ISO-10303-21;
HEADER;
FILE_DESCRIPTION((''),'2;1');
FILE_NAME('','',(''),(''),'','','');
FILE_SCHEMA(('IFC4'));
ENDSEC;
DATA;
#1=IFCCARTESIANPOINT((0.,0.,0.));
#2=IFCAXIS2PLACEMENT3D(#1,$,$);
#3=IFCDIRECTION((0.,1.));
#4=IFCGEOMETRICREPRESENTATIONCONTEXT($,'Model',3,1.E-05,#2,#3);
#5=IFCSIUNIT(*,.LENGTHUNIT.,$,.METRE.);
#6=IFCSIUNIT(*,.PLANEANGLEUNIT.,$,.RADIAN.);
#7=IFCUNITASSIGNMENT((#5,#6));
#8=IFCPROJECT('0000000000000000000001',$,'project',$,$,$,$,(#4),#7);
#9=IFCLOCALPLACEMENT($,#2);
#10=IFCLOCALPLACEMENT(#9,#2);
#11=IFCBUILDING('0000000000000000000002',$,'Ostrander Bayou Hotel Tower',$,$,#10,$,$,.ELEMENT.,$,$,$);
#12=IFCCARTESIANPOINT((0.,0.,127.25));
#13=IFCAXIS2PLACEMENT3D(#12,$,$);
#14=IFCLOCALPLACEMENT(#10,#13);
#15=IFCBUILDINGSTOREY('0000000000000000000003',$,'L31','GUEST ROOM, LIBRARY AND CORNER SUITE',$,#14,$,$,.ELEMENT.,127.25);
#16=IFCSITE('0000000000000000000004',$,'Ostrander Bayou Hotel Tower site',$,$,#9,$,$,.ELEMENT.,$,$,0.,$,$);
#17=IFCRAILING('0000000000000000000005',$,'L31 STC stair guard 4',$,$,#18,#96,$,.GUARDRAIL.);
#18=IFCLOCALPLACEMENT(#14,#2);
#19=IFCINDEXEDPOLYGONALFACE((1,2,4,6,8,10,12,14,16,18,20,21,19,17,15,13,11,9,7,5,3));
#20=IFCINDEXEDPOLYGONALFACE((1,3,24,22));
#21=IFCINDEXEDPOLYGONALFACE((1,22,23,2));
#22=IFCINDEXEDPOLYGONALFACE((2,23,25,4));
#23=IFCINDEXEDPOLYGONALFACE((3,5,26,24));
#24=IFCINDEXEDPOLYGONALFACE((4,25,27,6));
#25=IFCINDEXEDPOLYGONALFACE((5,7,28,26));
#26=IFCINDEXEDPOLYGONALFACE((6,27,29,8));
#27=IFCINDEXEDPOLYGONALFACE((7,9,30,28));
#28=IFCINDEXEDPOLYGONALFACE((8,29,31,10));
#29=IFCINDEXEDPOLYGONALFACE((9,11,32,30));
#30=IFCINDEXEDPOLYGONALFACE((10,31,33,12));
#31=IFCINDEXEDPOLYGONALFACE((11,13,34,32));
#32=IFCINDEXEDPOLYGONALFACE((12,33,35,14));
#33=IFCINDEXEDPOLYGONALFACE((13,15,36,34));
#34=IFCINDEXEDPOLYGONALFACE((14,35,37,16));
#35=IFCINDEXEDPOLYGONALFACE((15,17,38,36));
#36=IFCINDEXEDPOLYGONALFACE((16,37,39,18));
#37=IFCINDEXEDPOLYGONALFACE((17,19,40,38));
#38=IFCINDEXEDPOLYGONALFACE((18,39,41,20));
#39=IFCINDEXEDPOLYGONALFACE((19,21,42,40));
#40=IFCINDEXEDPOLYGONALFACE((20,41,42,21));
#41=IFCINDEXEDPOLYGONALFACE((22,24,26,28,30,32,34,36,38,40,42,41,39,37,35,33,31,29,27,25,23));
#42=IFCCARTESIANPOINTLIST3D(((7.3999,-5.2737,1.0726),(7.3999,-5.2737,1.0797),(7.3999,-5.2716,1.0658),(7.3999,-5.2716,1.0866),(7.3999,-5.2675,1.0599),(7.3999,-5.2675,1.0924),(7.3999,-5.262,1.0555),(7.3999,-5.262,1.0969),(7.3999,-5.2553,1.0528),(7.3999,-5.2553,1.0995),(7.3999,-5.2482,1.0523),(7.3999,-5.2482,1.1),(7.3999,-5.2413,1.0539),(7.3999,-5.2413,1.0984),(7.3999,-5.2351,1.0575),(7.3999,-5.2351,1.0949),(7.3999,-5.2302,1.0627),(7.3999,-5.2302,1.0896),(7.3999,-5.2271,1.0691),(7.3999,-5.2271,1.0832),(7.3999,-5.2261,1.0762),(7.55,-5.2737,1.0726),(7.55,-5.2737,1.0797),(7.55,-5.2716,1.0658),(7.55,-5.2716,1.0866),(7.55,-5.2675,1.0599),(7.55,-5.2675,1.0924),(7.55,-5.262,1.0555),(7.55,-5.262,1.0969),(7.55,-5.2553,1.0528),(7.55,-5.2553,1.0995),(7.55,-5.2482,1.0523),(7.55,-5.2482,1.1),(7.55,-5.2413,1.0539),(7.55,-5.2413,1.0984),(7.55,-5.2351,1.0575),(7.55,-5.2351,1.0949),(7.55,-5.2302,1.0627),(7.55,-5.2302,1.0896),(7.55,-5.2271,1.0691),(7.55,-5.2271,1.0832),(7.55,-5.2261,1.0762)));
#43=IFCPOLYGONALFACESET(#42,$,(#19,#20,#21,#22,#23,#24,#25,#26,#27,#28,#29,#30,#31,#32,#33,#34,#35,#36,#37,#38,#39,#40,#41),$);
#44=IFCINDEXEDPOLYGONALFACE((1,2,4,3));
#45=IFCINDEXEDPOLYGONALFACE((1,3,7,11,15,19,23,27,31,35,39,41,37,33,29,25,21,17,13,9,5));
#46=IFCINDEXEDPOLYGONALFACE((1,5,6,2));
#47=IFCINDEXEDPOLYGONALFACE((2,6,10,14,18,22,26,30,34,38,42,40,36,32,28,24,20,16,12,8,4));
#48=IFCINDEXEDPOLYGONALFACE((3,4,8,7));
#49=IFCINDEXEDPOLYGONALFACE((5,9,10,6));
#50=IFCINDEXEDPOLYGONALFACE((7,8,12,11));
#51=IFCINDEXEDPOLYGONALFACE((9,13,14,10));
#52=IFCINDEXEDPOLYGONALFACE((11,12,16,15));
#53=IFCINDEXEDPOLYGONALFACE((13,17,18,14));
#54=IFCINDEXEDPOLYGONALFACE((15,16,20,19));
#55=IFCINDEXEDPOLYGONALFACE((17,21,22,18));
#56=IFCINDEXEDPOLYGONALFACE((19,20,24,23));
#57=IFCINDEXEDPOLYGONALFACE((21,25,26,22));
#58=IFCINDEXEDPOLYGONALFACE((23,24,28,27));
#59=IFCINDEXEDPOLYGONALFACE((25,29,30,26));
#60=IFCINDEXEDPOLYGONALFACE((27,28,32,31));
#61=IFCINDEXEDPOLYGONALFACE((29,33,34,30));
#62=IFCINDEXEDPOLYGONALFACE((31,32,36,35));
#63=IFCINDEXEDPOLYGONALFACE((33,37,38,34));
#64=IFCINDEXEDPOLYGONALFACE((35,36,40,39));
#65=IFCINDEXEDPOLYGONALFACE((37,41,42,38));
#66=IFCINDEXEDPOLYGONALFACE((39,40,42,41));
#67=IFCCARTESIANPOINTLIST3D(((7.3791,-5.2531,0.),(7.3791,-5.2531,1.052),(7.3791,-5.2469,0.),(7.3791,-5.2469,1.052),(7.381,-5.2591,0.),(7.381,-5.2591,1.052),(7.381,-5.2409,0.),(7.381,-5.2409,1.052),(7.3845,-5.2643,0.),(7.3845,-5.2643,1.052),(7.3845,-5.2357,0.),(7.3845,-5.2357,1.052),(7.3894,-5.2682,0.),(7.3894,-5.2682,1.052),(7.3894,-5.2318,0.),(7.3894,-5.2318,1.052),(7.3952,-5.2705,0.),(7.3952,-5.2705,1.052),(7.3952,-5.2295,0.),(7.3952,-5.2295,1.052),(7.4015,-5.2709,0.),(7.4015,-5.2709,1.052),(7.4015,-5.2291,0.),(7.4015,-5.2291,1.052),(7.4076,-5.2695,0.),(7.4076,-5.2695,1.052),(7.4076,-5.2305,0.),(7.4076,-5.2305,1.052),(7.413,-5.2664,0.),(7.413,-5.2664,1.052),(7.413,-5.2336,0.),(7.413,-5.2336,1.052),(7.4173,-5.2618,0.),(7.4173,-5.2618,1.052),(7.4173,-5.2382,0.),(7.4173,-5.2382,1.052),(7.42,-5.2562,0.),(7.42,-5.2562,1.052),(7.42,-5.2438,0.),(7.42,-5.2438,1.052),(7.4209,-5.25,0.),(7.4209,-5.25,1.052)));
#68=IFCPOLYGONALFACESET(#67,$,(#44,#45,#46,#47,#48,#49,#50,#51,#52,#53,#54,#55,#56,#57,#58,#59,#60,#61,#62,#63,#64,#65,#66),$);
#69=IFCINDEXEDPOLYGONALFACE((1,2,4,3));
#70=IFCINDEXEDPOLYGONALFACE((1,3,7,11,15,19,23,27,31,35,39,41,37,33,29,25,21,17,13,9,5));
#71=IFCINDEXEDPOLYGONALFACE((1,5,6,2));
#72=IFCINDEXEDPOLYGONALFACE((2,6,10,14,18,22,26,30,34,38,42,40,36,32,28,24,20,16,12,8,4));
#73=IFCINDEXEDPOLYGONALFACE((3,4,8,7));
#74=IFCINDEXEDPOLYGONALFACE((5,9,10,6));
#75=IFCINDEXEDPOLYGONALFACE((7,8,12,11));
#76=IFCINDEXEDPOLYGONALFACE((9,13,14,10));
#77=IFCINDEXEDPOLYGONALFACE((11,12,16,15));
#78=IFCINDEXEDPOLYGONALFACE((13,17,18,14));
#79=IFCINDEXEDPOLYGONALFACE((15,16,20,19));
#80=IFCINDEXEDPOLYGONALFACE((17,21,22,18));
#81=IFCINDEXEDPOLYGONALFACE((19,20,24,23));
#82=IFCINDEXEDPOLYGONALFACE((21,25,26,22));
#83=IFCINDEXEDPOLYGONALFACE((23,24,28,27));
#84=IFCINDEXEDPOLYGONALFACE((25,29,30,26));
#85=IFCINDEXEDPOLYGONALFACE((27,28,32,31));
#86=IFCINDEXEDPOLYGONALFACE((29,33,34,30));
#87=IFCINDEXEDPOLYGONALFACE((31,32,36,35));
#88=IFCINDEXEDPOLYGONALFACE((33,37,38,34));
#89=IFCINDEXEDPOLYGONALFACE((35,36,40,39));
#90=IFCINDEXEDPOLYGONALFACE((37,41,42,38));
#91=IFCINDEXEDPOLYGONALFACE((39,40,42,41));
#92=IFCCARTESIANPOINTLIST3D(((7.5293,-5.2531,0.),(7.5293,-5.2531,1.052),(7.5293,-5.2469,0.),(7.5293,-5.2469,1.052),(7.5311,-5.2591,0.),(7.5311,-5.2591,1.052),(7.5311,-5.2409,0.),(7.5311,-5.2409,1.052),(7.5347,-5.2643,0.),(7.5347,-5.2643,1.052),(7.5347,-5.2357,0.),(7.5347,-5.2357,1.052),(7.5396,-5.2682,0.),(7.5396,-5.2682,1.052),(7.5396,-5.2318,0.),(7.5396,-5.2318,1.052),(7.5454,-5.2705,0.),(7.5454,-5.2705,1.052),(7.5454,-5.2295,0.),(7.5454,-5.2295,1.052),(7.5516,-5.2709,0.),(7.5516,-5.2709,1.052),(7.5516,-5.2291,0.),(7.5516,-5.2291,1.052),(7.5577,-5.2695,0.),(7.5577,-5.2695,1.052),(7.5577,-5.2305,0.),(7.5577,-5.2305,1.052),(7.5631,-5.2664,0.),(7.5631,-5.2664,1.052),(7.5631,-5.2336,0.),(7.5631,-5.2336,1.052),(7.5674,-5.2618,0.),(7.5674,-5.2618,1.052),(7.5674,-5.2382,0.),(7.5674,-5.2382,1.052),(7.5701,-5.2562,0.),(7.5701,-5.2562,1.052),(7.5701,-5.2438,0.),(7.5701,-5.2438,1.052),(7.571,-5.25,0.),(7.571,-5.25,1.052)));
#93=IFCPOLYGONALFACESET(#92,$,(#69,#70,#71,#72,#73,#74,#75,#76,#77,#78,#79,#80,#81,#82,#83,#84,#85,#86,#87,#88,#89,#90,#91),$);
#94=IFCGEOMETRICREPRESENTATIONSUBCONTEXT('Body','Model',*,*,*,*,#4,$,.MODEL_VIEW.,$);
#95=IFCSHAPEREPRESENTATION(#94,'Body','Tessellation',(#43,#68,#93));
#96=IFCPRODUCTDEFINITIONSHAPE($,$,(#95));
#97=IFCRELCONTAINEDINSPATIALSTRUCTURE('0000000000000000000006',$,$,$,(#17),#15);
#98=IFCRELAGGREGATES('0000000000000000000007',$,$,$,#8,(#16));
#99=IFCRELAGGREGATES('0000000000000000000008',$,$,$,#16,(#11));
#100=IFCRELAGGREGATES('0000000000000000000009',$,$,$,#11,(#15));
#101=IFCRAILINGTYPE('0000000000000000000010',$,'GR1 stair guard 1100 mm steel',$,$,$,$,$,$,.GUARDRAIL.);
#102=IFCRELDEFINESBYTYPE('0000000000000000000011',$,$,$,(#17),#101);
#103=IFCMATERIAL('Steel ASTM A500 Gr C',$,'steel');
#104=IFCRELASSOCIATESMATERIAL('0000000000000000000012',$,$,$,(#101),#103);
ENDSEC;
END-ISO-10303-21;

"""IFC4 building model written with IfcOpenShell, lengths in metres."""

from ifc_helpers import new_model, si_unit, direction, frame, origin, origin_2d, place, context, subcontext, project, spatial, circle, extrude, material, type_object, element, save


model = new_model("IFC4")

# Units and contexts
model_context = context("Model", 3, precision=1e-05, world=origin(), true_north=direction((0.0, 1.0)))
body_context = subcontext(model_context, "Body", "Model", "MODEL_VIEW")
ifc_project = project(units=[si_unit("LENGTHUNIT", "METRE"), si_unit("PLANEANGLEUNIT", "RADIAN")], contexts=[model_context])

# Site, building, storey
site_placement = place(None, origin())
site = spatial("IfcSite", under=ifc_project, at=site_placement, Name="Ostrander Bayou Hotel Tower site", CompositionType="ELEMENT", RefElevation=0.0)
building_placement = place(site_placement, origin())
building = spatial("IfcBuilding", under=site, at=building_placement, Name="Ostrander Bayou Hotel Tower", CompositionType="ELEMENT")
storey_placement = place(building_placement, frame((0.0, 0.0, 127.25)))
storey = spatial("IfcBuildingStorey", under=building, at=storey_placement, Name="L31", Description="GUEST ROOM, LIBRARY AND CORNER SUITE", CompositionType="ELEMENT", Elevation=127.25)

# Railing
ifc_material_1 = material(Name="Steel ASTM A500 Gr C", Category="steel")
railing_type_1 = type_object("IfcRailingType", Name="GR1 stair guard 1100 mm steel", PredefinedType="GUARDRAIL", material=ifc_material_1)
railing_1_placement = place(storey_placement, frame((7.3999, -5.25, 0.0)))
element("IfcRailing", 1, at=railing_1_placement, inside=storey, type_object=railing_type_1, Name="L31 STC stair guard 4", PredefinedType="GUARDRAIL", context=body_context, shape_type="SweptSolid", body=[
    extrude(circle(Radius=0.0239, at=origin_2d()), frame((0.0, 0.0, 1.0762), z_axis=(1.0, 0.0, 0.0), x_axis=(0.0, 1.0, 0.0)), (0.0, 0.0, 1.0), 0.1501),
    extrude(circle(Radius=0.021, at=origin_2d()), origin(), (0.0, 0.0, 1.0), 1.052),
    extrude(circle(Radius=0.021, at=origin_2d()), frame((0.1501, 0.0, 0.0)), (0.0, 0.0, 1.0), 1.052),
])

save(model, "model.ifc")
